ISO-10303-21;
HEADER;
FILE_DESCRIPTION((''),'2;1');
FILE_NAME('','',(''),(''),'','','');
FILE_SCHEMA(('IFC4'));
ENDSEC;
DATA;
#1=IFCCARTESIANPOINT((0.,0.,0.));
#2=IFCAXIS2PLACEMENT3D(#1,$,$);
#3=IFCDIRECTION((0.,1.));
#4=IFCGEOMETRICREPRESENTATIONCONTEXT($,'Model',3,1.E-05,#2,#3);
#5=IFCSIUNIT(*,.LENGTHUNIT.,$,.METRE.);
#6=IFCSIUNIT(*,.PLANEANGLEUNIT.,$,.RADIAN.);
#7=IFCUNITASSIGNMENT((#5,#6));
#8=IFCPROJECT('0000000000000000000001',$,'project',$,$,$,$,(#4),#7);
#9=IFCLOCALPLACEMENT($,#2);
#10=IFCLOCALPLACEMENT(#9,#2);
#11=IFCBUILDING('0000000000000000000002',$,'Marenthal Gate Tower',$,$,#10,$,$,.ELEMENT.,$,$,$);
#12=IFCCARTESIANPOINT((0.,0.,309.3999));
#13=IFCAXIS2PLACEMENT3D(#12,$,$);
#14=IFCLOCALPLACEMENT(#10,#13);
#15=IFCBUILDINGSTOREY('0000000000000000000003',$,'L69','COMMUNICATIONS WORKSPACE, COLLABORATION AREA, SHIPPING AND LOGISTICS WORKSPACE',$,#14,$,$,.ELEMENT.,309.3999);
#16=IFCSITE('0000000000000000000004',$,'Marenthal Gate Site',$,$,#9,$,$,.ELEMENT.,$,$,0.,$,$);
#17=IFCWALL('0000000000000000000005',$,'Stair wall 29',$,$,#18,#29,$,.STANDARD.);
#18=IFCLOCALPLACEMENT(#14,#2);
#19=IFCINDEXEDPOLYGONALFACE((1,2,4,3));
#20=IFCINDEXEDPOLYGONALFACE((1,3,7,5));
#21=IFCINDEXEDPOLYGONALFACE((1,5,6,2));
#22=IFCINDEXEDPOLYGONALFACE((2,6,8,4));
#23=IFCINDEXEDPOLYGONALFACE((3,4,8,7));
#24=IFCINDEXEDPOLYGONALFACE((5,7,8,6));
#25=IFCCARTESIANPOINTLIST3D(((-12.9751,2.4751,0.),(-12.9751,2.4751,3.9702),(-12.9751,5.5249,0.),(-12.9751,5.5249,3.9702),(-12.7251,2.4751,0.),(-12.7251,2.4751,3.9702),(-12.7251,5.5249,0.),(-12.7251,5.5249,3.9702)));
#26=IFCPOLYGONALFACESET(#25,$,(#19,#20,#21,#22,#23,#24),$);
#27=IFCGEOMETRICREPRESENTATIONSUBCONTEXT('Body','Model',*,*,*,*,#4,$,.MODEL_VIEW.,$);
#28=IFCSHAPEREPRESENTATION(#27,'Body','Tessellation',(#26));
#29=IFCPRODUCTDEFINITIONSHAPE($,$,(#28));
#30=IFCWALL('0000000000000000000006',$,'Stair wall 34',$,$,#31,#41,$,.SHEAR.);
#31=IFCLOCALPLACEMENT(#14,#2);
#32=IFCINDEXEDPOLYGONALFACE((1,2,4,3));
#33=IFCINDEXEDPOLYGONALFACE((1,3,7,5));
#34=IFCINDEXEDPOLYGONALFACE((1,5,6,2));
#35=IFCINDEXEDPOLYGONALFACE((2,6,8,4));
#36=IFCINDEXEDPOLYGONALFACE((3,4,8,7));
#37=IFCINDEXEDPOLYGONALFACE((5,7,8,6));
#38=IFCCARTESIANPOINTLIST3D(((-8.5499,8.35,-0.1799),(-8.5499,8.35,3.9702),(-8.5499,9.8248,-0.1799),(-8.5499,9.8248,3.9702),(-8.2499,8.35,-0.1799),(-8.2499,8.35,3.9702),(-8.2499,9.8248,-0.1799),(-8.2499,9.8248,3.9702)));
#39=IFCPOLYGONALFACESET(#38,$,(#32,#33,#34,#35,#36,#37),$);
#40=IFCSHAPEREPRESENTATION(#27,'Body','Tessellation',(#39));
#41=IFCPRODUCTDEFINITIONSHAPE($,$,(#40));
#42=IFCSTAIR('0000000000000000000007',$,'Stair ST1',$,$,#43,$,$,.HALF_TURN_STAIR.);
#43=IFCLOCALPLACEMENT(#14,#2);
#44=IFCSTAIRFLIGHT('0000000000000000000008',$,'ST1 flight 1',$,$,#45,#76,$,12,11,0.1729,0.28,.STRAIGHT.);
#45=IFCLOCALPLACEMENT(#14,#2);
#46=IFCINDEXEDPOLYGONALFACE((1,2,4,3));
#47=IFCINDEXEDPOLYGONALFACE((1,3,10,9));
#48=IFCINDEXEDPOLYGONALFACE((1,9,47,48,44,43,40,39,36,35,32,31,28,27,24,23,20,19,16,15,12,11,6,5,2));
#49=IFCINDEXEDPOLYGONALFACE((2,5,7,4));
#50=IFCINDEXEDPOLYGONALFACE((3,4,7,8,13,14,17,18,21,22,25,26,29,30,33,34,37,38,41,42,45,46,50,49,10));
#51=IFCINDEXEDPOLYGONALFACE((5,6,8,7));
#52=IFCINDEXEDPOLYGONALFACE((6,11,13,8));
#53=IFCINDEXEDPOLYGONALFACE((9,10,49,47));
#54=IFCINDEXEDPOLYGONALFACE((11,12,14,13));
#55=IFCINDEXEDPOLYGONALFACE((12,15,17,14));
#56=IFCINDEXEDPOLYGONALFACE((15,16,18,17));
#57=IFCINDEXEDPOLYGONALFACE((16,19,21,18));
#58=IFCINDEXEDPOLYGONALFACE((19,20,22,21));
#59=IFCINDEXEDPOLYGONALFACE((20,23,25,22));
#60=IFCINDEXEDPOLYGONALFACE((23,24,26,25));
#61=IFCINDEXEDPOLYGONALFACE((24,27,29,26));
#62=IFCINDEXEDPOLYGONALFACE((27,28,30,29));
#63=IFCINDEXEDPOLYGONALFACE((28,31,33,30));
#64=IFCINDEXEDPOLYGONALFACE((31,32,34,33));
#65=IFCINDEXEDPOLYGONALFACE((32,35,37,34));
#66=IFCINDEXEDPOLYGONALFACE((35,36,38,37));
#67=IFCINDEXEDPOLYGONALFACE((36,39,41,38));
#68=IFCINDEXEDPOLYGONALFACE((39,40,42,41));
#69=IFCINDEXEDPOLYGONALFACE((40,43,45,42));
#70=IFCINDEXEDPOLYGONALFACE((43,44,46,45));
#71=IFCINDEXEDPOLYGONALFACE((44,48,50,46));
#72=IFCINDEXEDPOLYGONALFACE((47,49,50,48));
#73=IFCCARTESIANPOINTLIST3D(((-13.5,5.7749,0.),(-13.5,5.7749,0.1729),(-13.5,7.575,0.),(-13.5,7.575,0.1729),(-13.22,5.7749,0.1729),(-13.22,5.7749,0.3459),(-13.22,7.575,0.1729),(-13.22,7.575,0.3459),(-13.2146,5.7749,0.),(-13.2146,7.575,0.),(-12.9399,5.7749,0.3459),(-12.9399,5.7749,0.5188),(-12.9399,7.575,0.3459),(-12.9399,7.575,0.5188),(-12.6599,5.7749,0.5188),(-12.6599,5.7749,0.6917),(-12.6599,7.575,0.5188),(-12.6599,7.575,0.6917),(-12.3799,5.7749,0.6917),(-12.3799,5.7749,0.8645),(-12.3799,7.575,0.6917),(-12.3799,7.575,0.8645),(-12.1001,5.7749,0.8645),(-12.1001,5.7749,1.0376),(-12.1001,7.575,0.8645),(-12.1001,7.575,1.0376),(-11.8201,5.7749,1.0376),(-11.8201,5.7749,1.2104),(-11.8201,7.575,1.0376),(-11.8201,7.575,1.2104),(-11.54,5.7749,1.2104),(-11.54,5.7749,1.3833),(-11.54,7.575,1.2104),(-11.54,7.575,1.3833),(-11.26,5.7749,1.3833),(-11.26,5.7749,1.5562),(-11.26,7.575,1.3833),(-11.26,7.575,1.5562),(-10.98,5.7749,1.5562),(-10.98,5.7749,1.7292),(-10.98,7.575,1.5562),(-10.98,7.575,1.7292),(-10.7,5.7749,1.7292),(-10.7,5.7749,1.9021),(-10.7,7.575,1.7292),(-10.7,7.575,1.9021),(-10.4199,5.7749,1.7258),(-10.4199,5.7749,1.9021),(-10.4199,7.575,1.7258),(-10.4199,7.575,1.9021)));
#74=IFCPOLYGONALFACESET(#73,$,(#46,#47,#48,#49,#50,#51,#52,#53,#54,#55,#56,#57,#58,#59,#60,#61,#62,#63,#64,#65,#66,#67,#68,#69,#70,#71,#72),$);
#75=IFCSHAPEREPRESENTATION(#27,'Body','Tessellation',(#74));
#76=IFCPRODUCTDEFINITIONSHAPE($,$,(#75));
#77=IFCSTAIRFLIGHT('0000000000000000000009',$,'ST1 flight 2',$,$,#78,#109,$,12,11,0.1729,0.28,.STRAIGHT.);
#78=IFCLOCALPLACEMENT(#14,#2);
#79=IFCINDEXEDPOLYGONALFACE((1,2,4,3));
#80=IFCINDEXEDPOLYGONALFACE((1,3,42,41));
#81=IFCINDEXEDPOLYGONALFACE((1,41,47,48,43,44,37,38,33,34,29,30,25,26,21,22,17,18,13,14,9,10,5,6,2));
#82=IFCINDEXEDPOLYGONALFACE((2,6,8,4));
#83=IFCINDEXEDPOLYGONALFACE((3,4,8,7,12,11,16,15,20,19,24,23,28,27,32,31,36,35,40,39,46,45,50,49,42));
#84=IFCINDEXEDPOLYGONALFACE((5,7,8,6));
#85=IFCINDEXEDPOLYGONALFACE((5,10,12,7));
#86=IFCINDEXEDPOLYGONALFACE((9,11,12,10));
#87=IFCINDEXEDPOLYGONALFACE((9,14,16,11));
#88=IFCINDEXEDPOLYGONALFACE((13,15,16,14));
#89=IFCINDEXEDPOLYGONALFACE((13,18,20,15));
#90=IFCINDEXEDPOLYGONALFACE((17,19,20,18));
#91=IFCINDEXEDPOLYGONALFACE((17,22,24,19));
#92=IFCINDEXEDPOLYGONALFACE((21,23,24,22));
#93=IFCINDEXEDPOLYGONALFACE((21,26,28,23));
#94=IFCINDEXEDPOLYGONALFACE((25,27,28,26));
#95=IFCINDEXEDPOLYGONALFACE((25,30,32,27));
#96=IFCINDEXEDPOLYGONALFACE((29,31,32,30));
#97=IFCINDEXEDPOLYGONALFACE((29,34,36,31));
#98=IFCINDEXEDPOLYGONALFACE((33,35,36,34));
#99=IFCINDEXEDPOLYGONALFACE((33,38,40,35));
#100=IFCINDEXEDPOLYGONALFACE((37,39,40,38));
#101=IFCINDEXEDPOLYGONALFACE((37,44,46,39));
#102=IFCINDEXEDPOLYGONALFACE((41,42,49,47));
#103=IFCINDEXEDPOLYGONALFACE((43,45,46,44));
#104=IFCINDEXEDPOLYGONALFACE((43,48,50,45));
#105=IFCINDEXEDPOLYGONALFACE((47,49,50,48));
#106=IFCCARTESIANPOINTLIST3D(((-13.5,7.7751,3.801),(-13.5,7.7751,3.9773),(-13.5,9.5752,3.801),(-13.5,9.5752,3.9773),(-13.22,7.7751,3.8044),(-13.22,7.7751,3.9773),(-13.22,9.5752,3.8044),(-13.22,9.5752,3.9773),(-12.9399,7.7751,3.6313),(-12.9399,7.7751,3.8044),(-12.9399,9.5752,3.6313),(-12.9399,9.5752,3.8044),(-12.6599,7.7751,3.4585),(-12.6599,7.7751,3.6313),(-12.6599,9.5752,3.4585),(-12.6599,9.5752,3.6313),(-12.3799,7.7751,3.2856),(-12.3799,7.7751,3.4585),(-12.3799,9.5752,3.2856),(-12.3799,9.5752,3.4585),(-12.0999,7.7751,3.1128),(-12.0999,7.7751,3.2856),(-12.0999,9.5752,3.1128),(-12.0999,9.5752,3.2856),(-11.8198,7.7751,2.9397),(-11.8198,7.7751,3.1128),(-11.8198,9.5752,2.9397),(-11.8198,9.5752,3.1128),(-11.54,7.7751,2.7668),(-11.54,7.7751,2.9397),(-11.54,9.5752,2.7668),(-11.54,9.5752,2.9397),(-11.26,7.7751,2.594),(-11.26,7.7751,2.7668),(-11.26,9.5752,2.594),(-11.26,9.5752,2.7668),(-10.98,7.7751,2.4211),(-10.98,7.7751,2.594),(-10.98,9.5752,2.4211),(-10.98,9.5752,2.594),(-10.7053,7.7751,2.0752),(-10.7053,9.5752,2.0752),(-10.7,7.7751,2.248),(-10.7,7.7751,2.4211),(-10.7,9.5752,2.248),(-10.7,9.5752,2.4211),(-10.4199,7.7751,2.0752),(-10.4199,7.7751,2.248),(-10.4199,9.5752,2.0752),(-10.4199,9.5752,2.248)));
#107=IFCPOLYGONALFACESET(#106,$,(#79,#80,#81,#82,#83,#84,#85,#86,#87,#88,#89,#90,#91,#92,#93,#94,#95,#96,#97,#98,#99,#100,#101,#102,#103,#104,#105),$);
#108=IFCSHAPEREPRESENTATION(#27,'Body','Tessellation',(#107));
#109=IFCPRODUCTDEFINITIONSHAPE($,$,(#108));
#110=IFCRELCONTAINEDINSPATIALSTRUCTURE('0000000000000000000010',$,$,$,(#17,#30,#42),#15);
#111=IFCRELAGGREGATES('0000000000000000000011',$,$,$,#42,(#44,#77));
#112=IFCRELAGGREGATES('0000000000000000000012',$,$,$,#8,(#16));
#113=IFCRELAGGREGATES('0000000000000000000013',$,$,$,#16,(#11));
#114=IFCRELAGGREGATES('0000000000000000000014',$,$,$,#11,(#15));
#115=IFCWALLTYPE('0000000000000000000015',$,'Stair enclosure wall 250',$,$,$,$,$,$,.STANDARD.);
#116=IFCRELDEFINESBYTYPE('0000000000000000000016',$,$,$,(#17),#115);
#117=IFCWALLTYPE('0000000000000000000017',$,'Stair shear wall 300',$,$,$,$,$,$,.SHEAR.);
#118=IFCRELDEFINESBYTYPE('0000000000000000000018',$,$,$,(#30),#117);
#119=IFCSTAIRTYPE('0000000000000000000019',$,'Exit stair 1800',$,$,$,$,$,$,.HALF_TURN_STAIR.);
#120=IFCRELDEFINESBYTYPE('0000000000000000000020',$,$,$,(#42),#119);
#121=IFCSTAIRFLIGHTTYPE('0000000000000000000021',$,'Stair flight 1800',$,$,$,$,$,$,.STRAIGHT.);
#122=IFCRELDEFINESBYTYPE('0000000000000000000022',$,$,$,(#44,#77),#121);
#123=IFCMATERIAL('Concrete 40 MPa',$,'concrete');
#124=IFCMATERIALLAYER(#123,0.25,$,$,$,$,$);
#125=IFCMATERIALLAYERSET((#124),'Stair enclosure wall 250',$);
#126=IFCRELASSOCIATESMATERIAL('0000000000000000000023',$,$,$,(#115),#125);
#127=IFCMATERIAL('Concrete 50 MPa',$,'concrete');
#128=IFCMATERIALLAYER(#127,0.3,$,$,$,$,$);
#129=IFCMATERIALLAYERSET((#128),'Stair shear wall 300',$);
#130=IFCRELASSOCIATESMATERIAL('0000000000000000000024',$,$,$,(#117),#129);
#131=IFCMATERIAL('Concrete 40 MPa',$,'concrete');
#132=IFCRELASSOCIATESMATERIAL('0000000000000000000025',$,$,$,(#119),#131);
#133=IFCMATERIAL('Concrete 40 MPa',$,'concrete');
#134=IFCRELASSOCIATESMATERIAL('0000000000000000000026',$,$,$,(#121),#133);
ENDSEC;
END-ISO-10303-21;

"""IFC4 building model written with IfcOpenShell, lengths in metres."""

from ifc_helpers import new_model, si_unit, direction, frame, frame_2d, origin, place, context, subcontext, project, spatial, polyline, rectangle, outline, extrude, material, layer, layer_set, type_object, element, aggregate, save


model = new_model("IFC4")

# Units and contexts
model_context = context("Model", 3, precision=1e-05, world=origin(), true_north=direction((0.0, 1.0)))
body_context = subcontext(model_context, "Body", "Model", "MODEL_VIEW")
ifc_project = project(units=[si_unit("LENGTHUNIT", "METRE"), si_unit("PLANEANGLEUNIT", "RADIAN")], contexts=[model_context])

# Site, building, storey
site_placement = place(None, origin())
site = spatial("IfcSite", under=ifc_project, at=site_placement, Name="Marenthal Gate Site", CompositionType="ELEMENT", RefElevation=0.0)
building_placement = place(site_placement, origin())
building = spatial("IfcBuilding", under=site, at=building_placement, Name="Marenthal Gate Tower", CompositionType="ELEMENT")
storey_placement = place(building_placement, frame((0.0, 0.0, 309.3999)))
storey = spatial("IfcBuildingStorey", under=building, at=storey_placement, Name="L69", Description="COMMUNICATIONS WORKSPACE, COLLABORATION AREA, SHIPPING AND LOGISTICS WORKSPACE", CompositionType="ELEMENT", Elevation=309.3999)

# Walls
ifc_material_1 = material(Name="Concrete 40 MPa", Category="concrete")
ifc_layer_1 = layer(ifc_material_1, 0.25)
ifc_layer_set_1 = layer_set([ifc_layer_1], Name="Stair enclosure wall 250")
wall_type_1 = type_object("IfcWallType", Name="Stair enclosure wall 250", PredefinedType="STANDARD", material=ifc_layer_set_1)
wall_1_placement = place(storey_placement, frame((-12.8501, 2.4751, 0.0), z_axis=(0.0, 0.0, 1.0), x_axis=(0.0, 1.0, 0.0)))
element("IfcWall", 1, at=wall_1_placement, inside=storey, type_object=wall_type_1, Name="Stair wall 29", PredefinedType="STANDARD", context=body_context, shape_type="SweptSolid", body=[
    extrude(rectangle(XDim=3.0498, YDim=0.25, at=frame_2d((1.5249, 0.0))), origin(), (0.0, 0.0, 1.0), 3.9702),
])
ifc_material_2 = material(Name="Concrete 50 MPa", Category="concrete")
ifc_layer_2 = layer(ifc_material_2, 0.3)
ifc_layer_set_2 = layer_set([ifc_layer_2], Name="Stair shear wall 300")
wall_type_2 = type_object("IfcWallType", Name="Stair shear wall 300", PredefinedType="SHEAR", material=ifc_layer_set_2)
wall_2_placement = place(storey_placement, frame((-8.3999, 8.3501, -0.1799), z_axis=(0.0, 0.0, 1.0), x_axis=(0.0, 1.0, 0.0)))
element("IfcWall", 2, at=wall_2_placement, inside=storey, type_object=wall_type_2, Name="Stair wall 34", PredefinedType="SHEAR", context=body_context, shape_type="SweptSolid", body=[
    extrude(rectangle(XDim=1.4749, YDim=0.3, at=frame_2d((0.7373, 0.0))), origin(), (0.0, 0.0, 1.0), 4.1501),
])

# Stair, stair flights
ifc_material_3 = material(Name="Concrete 40 MPa", Category="concrete")
stair_type = type_object("IfcStairType", Name="Exit stair 1800", PredefinedType="HALF_TURN_STAIR", material=ifc_material_3)
stair_placement = place(storey_placement, origin())
stair = element("IfcStair", 3, at=stair_placement, inside=storey, type_object=stair_type, Name="Stair ST1", PredefinedType="HALF_TURN_STAIR")
ifc_material_4 = material(Name="Concrete 40 MPa", Category="concrete")
stair_flight_type = type_object("IfcStairFlightType", Name="Stair flight 1800", PredefinedType="STRAIGHT", material=ifc_material_4)
stair_flight_1_placement = place(storey_placement, frame((-13.5, 6.675, 0.0), z_axis=(0.0, 0.0, 1.0), x_axis=(1.0, 0.0, 0.0)))
stair_flight_1 = element("IfcStairFlight", 4, at=stair_flight_1_placement, type_object=stair_flight_type, Name="ST1 flight 1", NumberOfRisers=12, NumberOfTreads=11, PredefinedType="STRAIGHT", RiserHeight=0.1729, TreadLength=0.28, context=body_context, shape_type="SweptSolid", body=[
    extrude(outline(polyline([(0.0, 0.0), (0.0, 0.1729), (0.28, 0.1729), (0.28, 0.3459), (0.5601, 0.3459), (0.5601, 0.5188), (0.8401, 0.5188), (0.8401, 0.6917), (1.1201, 0.6917), (1.1201, 0.8645), (1.3999, 0.8645), (1.3999, 1.0376), (1.6799, 1.0376), (1.6799, 1.2104), (1.96, 1.2104), (1.96, 1.3833), (2.24, 1.3833), (2.24, 1.5562), (2.52, 1.5562), (2.52, 1.7292), (2.8, 1.7292), (2.8, 1.9021), (3.0801, 1.9021), (3.0801, 2.075), (3.0801, 1.7258), (0.2854, 0.0), (0.0, 0.0)])), frame((0.0, 0.8999, 0.0), z_axis=(0.0, -1.0, 0.0), x_axis=(1.0, 0.0, 0.0)), (0.0, 0.0, 1.0), 1.8),
])
stair_flight_2_placement = place(storey_placement, frame((-10.4199, 8.675, 2.0752), z_axis=(0.0, 0.0, 1.0), x_axis=(-1.0, 0.0, 0.0)))
stair_flight_2 = element("IfcStairFlight", 5, at=stair_flight_2_placement, type_object=stair_flight_type, Name="ST1 flight 2", NumberOfRisers=12, NumberOfTreads=11, PredefinedType="STRAIGHT", RiserHeight=0.1729, TreadLength=0.28, context=body_context, shape_type="SweptSolid", body=[
    extrude(outline(polyline([(0.0, 0.0), (0.0, 0.1729), (0.28, 0.1729), (0.28, 0.3459), (0.5601, 0.3459), (0.5601, 0.5188), (0.8401, 0.5188), (0.8401, 0.6917), (1.1201, 0.6917), (1.1201, 0.8645), (1.3999, 0.8645), (1.3999, 1.0376), (1.6799, 1.0376), (1.6799, 1.2104), (1.96, 1.2104), (1.96, 1.3833), (2.24, 1.3833), (2.24, 1.5562), (2.52, 1.5562), (2.52, 1.7292), (2.8, 1.7292), (2.8, 1.9021), (3.0801, 1.9021), (3.0801, 2.075), (3.0801, 1.7258), (0.2854, 0.0), (0.0, 0.0)])), frame((0.0, 0.8999, 0.0), z_axis=(0.0, -1.0, 0.0), x_axis=(1.0, 0.0, 0.0)), (0.0, 0.0, 1.0), 1.8),
])
aggregate(stair, [stair_flight_1, stair_flight_2])

save(model, "model.ifc")
